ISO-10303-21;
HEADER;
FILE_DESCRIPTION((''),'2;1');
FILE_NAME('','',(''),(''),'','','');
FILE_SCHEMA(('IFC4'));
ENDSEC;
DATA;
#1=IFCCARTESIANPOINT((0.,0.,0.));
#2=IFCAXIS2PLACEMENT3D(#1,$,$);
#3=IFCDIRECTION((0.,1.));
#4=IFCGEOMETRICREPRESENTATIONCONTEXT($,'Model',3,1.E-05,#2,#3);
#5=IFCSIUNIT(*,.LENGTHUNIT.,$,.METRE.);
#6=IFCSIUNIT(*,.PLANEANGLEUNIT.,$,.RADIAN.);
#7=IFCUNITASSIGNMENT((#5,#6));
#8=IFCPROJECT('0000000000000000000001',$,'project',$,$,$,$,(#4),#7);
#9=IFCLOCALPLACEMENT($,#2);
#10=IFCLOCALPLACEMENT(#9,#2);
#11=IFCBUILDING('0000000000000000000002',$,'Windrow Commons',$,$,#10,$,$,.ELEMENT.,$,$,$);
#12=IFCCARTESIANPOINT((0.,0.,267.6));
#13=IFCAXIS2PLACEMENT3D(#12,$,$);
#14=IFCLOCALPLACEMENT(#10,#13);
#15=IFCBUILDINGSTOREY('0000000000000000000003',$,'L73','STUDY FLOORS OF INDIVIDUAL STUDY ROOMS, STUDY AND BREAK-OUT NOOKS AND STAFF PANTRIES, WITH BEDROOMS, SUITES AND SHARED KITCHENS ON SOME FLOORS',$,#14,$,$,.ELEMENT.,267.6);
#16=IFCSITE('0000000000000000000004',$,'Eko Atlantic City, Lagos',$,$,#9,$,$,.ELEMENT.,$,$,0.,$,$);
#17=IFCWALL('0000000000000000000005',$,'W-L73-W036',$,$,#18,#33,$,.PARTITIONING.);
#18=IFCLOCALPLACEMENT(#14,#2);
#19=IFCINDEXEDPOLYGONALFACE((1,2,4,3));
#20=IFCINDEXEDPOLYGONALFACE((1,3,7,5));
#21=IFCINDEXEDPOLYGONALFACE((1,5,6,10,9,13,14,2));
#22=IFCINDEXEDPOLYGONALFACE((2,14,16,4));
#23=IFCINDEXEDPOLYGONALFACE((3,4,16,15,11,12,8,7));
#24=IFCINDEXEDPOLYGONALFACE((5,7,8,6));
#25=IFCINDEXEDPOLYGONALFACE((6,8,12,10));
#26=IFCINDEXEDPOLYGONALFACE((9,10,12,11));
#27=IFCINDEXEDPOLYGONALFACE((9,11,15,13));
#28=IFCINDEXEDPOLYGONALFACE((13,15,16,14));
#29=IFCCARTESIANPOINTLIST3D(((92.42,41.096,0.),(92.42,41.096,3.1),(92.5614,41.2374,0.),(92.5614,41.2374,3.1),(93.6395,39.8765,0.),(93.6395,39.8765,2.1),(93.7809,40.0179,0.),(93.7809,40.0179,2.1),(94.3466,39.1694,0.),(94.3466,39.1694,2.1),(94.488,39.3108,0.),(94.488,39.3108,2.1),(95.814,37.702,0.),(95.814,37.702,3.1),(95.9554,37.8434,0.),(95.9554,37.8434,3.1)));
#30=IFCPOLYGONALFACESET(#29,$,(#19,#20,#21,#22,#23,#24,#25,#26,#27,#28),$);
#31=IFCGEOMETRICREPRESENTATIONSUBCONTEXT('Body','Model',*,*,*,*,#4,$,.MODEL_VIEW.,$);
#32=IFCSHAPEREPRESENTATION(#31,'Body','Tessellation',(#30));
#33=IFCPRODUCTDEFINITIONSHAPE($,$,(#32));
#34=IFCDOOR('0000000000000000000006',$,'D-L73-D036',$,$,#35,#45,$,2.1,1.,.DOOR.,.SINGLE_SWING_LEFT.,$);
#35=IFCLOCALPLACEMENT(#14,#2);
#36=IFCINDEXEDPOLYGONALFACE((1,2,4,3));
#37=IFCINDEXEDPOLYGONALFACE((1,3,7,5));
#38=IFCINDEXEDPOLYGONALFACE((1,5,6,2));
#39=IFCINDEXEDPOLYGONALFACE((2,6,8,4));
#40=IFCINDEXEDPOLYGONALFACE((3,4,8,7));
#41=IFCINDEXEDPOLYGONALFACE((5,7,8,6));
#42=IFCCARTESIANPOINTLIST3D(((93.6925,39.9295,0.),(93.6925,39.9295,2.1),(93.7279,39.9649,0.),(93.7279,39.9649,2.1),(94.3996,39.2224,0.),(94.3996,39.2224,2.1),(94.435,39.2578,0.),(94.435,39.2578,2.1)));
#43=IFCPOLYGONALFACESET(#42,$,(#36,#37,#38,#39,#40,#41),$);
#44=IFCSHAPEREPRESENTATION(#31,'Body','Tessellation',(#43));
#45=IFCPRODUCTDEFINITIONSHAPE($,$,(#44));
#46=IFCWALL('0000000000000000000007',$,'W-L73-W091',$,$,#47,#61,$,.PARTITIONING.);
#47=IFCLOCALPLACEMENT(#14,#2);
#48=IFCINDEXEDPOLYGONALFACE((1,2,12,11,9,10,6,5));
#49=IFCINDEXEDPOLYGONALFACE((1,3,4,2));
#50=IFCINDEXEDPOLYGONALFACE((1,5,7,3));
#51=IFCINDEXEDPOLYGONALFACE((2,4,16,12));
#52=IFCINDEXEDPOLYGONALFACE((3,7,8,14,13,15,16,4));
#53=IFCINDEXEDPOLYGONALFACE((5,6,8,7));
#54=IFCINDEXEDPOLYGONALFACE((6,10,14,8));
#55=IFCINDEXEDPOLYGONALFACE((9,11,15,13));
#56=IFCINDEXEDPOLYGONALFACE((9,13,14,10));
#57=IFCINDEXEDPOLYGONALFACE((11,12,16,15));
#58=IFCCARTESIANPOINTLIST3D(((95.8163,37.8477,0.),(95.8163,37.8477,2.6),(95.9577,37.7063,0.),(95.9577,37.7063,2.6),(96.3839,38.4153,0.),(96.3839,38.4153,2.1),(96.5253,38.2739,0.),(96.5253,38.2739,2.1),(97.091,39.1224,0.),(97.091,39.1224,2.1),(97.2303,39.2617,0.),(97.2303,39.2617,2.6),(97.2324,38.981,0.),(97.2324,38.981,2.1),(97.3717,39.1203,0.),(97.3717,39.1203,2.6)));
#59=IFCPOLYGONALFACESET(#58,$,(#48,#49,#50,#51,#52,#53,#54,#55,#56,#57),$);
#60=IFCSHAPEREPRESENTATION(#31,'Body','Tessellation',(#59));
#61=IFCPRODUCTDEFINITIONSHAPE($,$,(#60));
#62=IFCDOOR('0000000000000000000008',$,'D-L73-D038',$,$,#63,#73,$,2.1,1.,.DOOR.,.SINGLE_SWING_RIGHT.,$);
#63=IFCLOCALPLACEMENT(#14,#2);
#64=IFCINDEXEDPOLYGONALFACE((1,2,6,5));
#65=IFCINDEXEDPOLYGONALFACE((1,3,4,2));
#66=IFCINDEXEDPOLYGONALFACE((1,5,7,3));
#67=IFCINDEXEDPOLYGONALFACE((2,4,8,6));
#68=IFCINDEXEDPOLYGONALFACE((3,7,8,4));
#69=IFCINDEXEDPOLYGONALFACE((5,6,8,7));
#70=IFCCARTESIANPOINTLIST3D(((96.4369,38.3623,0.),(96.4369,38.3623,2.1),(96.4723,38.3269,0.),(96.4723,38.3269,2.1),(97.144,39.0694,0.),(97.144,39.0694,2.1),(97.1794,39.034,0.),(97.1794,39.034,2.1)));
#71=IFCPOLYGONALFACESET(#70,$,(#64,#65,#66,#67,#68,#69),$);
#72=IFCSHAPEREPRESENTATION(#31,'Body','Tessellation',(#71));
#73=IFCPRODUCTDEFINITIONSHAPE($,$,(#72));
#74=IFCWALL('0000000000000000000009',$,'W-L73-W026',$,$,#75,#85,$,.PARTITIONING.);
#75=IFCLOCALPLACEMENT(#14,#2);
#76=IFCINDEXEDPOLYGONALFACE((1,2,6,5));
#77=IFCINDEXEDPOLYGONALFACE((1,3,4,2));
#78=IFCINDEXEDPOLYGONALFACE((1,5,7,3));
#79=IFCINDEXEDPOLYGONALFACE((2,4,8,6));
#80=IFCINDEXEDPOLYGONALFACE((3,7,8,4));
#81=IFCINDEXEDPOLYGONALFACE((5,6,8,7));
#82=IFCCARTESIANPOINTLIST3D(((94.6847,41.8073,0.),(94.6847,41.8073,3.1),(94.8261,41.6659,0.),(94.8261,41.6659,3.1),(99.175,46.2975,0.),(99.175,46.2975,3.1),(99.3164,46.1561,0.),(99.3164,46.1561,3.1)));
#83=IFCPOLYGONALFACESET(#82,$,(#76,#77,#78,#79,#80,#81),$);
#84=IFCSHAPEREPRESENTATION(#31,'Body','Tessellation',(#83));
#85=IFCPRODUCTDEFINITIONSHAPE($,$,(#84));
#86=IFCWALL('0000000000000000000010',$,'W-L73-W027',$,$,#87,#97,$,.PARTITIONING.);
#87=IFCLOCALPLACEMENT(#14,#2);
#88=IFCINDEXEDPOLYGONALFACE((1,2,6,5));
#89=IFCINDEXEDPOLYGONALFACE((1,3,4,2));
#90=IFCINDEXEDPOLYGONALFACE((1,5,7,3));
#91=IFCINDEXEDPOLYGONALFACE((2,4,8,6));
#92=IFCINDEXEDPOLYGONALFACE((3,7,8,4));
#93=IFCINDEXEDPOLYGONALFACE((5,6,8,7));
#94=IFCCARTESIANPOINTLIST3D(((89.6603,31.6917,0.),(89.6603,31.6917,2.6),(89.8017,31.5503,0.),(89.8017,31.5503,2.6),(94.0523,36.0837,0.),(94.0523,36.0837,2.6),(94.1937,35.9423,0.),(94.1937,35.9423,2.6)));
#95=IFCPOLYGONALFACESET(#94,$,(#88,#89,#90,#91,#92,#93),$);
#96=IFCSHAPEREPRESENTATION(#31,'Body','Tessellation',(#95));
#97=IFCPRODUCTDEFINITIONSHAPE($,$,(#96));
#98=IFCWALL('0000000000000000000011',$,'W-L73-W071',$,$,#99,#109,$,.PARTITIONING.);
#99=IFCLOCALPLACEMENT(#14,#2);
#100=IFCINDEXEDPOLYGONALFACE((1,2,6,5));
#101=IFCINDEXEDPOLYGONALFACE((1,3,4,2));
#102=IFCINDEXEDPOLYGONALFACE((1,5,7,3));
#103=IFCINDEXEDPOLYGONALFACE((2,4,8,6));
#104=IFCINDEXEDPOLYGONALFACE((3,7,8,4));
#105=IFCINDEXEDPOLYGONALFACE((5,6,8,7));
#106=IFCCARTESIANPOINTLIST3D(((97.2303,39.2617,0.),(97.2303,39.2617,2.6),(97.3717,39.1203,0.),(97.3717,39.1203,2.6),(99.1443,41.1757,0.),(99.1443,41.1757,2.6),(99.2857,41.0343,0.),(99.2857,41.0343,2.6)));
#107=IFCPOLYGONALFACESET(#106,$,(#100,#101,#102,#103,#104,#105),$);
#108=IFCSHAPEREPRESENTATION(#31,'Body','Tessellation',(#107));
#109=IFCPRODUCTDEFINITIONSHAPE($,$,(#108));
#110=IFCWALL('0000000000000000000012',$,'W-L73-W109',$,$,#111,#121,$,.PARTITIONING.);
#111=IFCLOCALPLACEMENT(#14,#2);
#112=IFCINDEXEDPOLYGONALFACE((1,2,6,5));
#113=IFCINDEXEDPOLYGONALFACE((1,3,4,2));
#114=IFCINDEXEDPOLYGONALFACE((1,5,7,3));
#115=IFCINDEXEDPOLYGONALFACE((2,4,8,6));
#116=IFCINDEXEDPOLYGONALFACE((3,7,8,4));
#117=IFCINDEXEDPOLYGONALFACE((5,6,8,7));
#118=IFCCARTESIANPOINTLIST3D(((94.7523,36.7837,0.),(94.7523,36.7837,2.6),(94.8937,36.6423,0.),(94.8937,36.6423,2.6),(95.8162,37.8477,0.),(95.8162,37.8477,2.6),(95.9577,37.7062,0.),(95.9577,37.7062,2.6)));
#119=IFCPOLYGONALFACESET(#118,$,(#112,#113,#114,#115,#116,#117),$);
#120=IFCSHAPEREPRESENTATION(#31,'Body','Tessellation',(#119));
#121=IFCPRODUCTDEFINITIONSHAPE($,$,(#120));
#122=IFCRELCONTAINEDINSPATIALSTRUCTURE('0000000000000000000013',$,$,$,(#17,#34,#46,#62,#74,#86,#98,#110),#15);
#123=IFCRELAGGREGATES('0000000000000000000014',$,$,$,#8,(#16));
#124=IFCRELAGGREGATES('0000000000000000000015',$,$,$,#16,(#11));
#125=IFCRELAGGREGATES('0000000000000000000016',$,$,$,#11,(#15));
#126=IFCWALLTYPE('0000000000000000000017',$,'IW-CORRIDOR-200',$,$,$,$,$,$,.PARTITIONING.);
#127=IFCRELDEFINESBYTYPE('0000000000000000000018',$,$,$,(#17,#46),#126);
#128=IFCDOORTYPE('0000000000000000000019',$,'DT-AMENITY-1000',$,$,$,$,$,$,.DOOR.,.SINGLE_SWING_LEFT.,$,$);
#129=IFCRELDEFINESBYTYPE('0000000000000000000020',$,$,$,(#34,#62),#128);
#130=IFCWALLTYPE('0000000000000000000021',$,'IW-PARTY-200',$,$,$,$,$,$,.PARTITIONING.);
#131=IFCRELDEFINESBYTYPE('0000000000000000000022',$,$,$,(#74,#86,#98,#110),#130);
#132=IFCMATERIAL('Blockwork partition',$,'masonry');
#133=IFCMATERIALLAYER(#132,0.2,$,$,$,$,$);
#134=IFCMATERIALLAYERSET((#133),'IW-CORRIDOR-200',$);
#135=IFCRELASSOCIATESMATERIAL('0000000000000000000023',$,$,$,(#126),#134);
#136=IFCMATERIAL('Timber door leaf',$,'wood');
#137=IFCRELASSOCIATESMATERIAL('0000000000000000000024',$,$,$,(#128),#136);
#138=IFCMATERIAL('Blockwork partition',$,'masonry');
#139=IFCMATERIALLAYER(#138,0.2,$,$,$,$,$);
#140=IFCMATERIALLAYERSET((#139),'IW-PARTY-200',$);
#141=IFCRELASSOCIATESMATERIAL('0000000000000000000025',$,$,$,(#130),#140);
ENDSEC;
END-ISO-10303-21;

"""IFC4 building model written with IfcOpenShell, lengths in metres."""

from ifc_helpers import new_model, si_unit, direction, frame, frame_2d, origin, place, context, subcontext, project, spatial, rectangle, extrude, material, layer, layer_set, type_object, element, fill, save


model = new_model("IFC4")

# Units and contexts
model_context = context("Model", 3, precision=1e-05, world=origin(), true_north=direction((0.0, 1.0)))
body_context = subcontext(model_context, "Body", "Model", "MODEL_VIEW")
ifc_project = project(units=[si_unit("LENGTHUNIT", "METRE"), si_unit("PLANEANGLEUNIT", "RADIAN")], contexts=[model_context])

# Site, building, storey
site_placement = place(None, origin())
site = spatial("IfcSite", under=ifc_project, at=site_placement, Name="Eko Atlantic City, Lagos", CompositionType="ELEMENT", RefElevation=0.0)
building_placement = place(site_placement, origin())
building = spatial("IfcBuilding", under=site, at=building_placement, Name="Windrow Commons", CompositionType="ELEMENT")
storey_placement = place(building_placement, frame((0.0, 0.0, 267.6)))
storey = spatial("IfcBuildingStorey", under=building, at=storey_placement, Name="L73", Description="STUDY FLOORS OF INDIVIDUAL STUDY ROOMS, STUDY AND BREAK-OUT NOOKS AND STAFF PANTRIES, WITH BEDROOMS, SUITES AND SHARED KITCHENS ON SOME FLOORS", CompositionType="ELEMENT", Elevation=267.6)

# Walls, openings, doors
ifc_material_1 = material(Name="Blockwork partition", Category="masonry")
ifc_layer_1 = layer(ifc_material_1, 0.2)
ifc_layer_set_1 = layer_set([ifc_layer_1], Name="IW-CORRIDOR-200")
wall_type_1 = type_object("IfcWallType", Name="IW-CORRIDOR-200", PredefinedType="PARTITIONING", material=ifc_layer_set_1)
wall_1_placement = place(storey_placement, frame((92.4907, 41.1667, 0.0), z_axis=(0.0, 0.0, 1.0), x_axis=(0.707107, -0.707107, 0.0)))
wall_1 = element("IfcWall", 1, at=wall_1_placement, inside=storey, type_object=wall_type_1, Name="W-L73-W036", PredefinedType="PARTITIONING", context=body_context, shape_type="SweptSolid", body=[
    extrude(rectangle(XDim=4.7998, YDim=0.2, at=frame_2d((2.3999, 0.0))), origin(), (0.0, 0.0, 1.0), 3.1),
])
opening_1_placement = place(wall_1_placement, frame((1.7246, 0.0, 0.0)))
opening_1 = element("IfcOpeningElement", 2, at=opening_1_placement, cuts=wall_1, PredefinedType="OPENING", context=body_context, shape_type="SweptSolid", body=[
    extrude(rectangle(XDim=1.0, YDim=2.1, at=frame_2d((0.5, 1.05))), frame((0.0, 0.11, 0.0), z_axis=(0.0, -1.0, 0.0), x_axis=(1.0, 0.0, 0.0)), (0.0, 0.0, 1.0), 0.22),
])
ifc_material_2 = material(Name="Timber door leaf", Category="wood")
door_type = type_object("IfcDoorType", Name="DT-AMENITY-1000", OperationType="SINGLE_SWING_LEFT", PredefinedType="DOOR", material=ifc_material_2)
door_1_placement = place(opening_1_placement, origin())
door_1 = element("IfcDoor", 3, at=door_1_placement, inside=storey, type_object=door_type, Name="D-L73-D036", OperationType="SINGLE_SWING_LEFT", OverallHeight=2.1, OverallWidth=1.0, PredefinedType="DOOR", context=body_context, shape_type="SweptSolid", body=[
    extrude(rectangle(XDim=1.0, YDim=2.1, at=frame_2d((0.5, 1.05))), frame((0.0, 0.025, 0.0), z_axis=(0.0, -1.0, 0.0), x_axis=(1.0, 0.0, 0.0)), (0.0, 0.0, 1.0), 0.05),
])
fill(opening_1, door_1)
wall_2_placement = place(storey_placement, frame((95.887, 37.777, 0.0), z_axis=(0.0, 0.0, 1.0), x_axis=(0.707107, 0.707107, 0.0)))
wall_2 = element("IfcWall", 4, at=wall_2_placement, inside=storey, type_object=wall_type_1, Name="W-L73-W091", PredefinedType="PARTITIONING", context=body_context, shape_type="SweptSolid", body=[
    extrude(rectangle(XDim=1.9997, YDim=0.2, at=frame_2d((0.9999, 0.0))), origin(), (0.0, 0.0, 1.0), 2.6),
])
opening_2_placement = place(wall_2_placement, frame((0.8027, 0.0, 0.0)))
opening_2 = element("IfcOpeningElement", 5, at=opening_2_placement, cuts=wall_2, PredefinedType="OPENING", context=body_context, shape_type="SweptSolid", body=[
    extrude(rectangle(XDim=1.0, YDim=2.1, at=frame_2d((0.5, 1.05))), frame((0.0, 0.11, 0.0), z_axis=(0.0, -1.0, 0.0), x_axis=(1.0, 0.0, 0.0)), (0.0, 0.0, 1.0), 0.22),
])
door_2_placement = place(opening_2_placement, origin())
door_2 = element("IfcDoor", 6, at=door_2_placement, inside=storey, type_object=door_type, Name="D-L73-D038", OperationType="SINGLE_SWING_RIGHT", OverallHeight=2.1, OverallWidth=1.0, PredefinedType="DOOR", context=body_context, shape_type="SweptSolid", body=[
    extrude(rectangle(XDim=1.0, YDim=2.1, at=frame_2d((0.5, 1.05))), frame((0.0, 0.025, 0.0), z_axis=(0.0, -1.0, 0.0), x_axis=(1.0, 0.0, 0.0)), (0.0, 0.0, 1.0), 0.05),
])
fill(opening_2, door_2)

# Walls
ifc_material_3 = material(Name="Blockwork partition", Category="masonry")
ifc_layer_2 = layer(ifc_material_3, 0.2)
ifc_layer_set_2 = layer_set([ifc_layer_2], Name="IW-PARTY-200")
wall_type_2 = type_object("IfcWallType", Name="IW-PARTY-200", PredefinedType="PARTITIONING", material=ifc_layer_set_2)
wall_3_placement = place(storey_placement, frame((94.7554, 41.7366, 0.0), z_axis=(0.0, 0.0, 1.0), x_axis=(0.707115, 0.707099, 0.0)))
element("IfcWall", 7, at=wall_3_placement, inside=storey, type_object=wall_type_2, Name="W-L73-W026", PredefinedType="PARTITIONING", context=body_context, shape_type="SweptSolid", body=[
    extrude(rectangle(XDim=6.3502, YDim=0.2, at=frame_2d((3.1751, 0.0))), origin(), (0.0, 0.0, 1.0), 3.1),
])
wall_4_placement = place(storey_placement, frame((89.731, 31.621, 0.0), z_axis=(0.0, 0.0, 1.0), x_axis=(0.707107, 0.707107, 0.0)))
element("IfcWall", 8, at=wall_4_placement, inside=storey, type_object=wall_type_2, Name="W-L73-W027", PredefinedType="PARTITIONING", context=body_context, shape_type="SweptSolid", body=[
    extrude(rectangle(XDim=6.2112, YDim=0.2, at=frame_2d((3.1056, 0.0))), origin(), (0.0, 0.0, 1.0), 2.6),
])
wall_5_placement = place(storey_placement, frame((97.301, 39.191, 0.0), z_axis=(0.0, 0.0, 1.0), x_axis=(0.707107, 0.707107, 0.0)))
element("IfcWall", 9, at=wall_5_placement, inside=storey, type_object=wall_type_2, Name="W-L73-W071", PredefinedType="PARTITIONING", context=body_context, shape_type="SweptSolid", body=[
    extrude(rectangle(XDim=2.7068, YDim=0.2, at=frame_2d((1.3534, 0.0))), origin(), (0.0, 0.0, 1.0), 2.6),
])
wall_6_placement = place(storey_placement, frame((94.823, 36.713, 0.0), z_axis=(0.0, 0.0, 1.0), x_axis=(0.707107, 0.707107, 0.0)))
element("IfcWall", 10, at=wall_6_placement, inside=storey, type_object=wall_type_2, Name="W-L73-W109", PredefinedType="PARTITIONING", context=body_context, shape_type="SweptSolid", body=[
    extrude(rectangle(XDim=1.5047, YDim=0.2, at=frame_2d((0.7523, 0.0))), origin(), (0.0, 0.0, 1.0), 2.6),
])

save(model, "model.ifc")
